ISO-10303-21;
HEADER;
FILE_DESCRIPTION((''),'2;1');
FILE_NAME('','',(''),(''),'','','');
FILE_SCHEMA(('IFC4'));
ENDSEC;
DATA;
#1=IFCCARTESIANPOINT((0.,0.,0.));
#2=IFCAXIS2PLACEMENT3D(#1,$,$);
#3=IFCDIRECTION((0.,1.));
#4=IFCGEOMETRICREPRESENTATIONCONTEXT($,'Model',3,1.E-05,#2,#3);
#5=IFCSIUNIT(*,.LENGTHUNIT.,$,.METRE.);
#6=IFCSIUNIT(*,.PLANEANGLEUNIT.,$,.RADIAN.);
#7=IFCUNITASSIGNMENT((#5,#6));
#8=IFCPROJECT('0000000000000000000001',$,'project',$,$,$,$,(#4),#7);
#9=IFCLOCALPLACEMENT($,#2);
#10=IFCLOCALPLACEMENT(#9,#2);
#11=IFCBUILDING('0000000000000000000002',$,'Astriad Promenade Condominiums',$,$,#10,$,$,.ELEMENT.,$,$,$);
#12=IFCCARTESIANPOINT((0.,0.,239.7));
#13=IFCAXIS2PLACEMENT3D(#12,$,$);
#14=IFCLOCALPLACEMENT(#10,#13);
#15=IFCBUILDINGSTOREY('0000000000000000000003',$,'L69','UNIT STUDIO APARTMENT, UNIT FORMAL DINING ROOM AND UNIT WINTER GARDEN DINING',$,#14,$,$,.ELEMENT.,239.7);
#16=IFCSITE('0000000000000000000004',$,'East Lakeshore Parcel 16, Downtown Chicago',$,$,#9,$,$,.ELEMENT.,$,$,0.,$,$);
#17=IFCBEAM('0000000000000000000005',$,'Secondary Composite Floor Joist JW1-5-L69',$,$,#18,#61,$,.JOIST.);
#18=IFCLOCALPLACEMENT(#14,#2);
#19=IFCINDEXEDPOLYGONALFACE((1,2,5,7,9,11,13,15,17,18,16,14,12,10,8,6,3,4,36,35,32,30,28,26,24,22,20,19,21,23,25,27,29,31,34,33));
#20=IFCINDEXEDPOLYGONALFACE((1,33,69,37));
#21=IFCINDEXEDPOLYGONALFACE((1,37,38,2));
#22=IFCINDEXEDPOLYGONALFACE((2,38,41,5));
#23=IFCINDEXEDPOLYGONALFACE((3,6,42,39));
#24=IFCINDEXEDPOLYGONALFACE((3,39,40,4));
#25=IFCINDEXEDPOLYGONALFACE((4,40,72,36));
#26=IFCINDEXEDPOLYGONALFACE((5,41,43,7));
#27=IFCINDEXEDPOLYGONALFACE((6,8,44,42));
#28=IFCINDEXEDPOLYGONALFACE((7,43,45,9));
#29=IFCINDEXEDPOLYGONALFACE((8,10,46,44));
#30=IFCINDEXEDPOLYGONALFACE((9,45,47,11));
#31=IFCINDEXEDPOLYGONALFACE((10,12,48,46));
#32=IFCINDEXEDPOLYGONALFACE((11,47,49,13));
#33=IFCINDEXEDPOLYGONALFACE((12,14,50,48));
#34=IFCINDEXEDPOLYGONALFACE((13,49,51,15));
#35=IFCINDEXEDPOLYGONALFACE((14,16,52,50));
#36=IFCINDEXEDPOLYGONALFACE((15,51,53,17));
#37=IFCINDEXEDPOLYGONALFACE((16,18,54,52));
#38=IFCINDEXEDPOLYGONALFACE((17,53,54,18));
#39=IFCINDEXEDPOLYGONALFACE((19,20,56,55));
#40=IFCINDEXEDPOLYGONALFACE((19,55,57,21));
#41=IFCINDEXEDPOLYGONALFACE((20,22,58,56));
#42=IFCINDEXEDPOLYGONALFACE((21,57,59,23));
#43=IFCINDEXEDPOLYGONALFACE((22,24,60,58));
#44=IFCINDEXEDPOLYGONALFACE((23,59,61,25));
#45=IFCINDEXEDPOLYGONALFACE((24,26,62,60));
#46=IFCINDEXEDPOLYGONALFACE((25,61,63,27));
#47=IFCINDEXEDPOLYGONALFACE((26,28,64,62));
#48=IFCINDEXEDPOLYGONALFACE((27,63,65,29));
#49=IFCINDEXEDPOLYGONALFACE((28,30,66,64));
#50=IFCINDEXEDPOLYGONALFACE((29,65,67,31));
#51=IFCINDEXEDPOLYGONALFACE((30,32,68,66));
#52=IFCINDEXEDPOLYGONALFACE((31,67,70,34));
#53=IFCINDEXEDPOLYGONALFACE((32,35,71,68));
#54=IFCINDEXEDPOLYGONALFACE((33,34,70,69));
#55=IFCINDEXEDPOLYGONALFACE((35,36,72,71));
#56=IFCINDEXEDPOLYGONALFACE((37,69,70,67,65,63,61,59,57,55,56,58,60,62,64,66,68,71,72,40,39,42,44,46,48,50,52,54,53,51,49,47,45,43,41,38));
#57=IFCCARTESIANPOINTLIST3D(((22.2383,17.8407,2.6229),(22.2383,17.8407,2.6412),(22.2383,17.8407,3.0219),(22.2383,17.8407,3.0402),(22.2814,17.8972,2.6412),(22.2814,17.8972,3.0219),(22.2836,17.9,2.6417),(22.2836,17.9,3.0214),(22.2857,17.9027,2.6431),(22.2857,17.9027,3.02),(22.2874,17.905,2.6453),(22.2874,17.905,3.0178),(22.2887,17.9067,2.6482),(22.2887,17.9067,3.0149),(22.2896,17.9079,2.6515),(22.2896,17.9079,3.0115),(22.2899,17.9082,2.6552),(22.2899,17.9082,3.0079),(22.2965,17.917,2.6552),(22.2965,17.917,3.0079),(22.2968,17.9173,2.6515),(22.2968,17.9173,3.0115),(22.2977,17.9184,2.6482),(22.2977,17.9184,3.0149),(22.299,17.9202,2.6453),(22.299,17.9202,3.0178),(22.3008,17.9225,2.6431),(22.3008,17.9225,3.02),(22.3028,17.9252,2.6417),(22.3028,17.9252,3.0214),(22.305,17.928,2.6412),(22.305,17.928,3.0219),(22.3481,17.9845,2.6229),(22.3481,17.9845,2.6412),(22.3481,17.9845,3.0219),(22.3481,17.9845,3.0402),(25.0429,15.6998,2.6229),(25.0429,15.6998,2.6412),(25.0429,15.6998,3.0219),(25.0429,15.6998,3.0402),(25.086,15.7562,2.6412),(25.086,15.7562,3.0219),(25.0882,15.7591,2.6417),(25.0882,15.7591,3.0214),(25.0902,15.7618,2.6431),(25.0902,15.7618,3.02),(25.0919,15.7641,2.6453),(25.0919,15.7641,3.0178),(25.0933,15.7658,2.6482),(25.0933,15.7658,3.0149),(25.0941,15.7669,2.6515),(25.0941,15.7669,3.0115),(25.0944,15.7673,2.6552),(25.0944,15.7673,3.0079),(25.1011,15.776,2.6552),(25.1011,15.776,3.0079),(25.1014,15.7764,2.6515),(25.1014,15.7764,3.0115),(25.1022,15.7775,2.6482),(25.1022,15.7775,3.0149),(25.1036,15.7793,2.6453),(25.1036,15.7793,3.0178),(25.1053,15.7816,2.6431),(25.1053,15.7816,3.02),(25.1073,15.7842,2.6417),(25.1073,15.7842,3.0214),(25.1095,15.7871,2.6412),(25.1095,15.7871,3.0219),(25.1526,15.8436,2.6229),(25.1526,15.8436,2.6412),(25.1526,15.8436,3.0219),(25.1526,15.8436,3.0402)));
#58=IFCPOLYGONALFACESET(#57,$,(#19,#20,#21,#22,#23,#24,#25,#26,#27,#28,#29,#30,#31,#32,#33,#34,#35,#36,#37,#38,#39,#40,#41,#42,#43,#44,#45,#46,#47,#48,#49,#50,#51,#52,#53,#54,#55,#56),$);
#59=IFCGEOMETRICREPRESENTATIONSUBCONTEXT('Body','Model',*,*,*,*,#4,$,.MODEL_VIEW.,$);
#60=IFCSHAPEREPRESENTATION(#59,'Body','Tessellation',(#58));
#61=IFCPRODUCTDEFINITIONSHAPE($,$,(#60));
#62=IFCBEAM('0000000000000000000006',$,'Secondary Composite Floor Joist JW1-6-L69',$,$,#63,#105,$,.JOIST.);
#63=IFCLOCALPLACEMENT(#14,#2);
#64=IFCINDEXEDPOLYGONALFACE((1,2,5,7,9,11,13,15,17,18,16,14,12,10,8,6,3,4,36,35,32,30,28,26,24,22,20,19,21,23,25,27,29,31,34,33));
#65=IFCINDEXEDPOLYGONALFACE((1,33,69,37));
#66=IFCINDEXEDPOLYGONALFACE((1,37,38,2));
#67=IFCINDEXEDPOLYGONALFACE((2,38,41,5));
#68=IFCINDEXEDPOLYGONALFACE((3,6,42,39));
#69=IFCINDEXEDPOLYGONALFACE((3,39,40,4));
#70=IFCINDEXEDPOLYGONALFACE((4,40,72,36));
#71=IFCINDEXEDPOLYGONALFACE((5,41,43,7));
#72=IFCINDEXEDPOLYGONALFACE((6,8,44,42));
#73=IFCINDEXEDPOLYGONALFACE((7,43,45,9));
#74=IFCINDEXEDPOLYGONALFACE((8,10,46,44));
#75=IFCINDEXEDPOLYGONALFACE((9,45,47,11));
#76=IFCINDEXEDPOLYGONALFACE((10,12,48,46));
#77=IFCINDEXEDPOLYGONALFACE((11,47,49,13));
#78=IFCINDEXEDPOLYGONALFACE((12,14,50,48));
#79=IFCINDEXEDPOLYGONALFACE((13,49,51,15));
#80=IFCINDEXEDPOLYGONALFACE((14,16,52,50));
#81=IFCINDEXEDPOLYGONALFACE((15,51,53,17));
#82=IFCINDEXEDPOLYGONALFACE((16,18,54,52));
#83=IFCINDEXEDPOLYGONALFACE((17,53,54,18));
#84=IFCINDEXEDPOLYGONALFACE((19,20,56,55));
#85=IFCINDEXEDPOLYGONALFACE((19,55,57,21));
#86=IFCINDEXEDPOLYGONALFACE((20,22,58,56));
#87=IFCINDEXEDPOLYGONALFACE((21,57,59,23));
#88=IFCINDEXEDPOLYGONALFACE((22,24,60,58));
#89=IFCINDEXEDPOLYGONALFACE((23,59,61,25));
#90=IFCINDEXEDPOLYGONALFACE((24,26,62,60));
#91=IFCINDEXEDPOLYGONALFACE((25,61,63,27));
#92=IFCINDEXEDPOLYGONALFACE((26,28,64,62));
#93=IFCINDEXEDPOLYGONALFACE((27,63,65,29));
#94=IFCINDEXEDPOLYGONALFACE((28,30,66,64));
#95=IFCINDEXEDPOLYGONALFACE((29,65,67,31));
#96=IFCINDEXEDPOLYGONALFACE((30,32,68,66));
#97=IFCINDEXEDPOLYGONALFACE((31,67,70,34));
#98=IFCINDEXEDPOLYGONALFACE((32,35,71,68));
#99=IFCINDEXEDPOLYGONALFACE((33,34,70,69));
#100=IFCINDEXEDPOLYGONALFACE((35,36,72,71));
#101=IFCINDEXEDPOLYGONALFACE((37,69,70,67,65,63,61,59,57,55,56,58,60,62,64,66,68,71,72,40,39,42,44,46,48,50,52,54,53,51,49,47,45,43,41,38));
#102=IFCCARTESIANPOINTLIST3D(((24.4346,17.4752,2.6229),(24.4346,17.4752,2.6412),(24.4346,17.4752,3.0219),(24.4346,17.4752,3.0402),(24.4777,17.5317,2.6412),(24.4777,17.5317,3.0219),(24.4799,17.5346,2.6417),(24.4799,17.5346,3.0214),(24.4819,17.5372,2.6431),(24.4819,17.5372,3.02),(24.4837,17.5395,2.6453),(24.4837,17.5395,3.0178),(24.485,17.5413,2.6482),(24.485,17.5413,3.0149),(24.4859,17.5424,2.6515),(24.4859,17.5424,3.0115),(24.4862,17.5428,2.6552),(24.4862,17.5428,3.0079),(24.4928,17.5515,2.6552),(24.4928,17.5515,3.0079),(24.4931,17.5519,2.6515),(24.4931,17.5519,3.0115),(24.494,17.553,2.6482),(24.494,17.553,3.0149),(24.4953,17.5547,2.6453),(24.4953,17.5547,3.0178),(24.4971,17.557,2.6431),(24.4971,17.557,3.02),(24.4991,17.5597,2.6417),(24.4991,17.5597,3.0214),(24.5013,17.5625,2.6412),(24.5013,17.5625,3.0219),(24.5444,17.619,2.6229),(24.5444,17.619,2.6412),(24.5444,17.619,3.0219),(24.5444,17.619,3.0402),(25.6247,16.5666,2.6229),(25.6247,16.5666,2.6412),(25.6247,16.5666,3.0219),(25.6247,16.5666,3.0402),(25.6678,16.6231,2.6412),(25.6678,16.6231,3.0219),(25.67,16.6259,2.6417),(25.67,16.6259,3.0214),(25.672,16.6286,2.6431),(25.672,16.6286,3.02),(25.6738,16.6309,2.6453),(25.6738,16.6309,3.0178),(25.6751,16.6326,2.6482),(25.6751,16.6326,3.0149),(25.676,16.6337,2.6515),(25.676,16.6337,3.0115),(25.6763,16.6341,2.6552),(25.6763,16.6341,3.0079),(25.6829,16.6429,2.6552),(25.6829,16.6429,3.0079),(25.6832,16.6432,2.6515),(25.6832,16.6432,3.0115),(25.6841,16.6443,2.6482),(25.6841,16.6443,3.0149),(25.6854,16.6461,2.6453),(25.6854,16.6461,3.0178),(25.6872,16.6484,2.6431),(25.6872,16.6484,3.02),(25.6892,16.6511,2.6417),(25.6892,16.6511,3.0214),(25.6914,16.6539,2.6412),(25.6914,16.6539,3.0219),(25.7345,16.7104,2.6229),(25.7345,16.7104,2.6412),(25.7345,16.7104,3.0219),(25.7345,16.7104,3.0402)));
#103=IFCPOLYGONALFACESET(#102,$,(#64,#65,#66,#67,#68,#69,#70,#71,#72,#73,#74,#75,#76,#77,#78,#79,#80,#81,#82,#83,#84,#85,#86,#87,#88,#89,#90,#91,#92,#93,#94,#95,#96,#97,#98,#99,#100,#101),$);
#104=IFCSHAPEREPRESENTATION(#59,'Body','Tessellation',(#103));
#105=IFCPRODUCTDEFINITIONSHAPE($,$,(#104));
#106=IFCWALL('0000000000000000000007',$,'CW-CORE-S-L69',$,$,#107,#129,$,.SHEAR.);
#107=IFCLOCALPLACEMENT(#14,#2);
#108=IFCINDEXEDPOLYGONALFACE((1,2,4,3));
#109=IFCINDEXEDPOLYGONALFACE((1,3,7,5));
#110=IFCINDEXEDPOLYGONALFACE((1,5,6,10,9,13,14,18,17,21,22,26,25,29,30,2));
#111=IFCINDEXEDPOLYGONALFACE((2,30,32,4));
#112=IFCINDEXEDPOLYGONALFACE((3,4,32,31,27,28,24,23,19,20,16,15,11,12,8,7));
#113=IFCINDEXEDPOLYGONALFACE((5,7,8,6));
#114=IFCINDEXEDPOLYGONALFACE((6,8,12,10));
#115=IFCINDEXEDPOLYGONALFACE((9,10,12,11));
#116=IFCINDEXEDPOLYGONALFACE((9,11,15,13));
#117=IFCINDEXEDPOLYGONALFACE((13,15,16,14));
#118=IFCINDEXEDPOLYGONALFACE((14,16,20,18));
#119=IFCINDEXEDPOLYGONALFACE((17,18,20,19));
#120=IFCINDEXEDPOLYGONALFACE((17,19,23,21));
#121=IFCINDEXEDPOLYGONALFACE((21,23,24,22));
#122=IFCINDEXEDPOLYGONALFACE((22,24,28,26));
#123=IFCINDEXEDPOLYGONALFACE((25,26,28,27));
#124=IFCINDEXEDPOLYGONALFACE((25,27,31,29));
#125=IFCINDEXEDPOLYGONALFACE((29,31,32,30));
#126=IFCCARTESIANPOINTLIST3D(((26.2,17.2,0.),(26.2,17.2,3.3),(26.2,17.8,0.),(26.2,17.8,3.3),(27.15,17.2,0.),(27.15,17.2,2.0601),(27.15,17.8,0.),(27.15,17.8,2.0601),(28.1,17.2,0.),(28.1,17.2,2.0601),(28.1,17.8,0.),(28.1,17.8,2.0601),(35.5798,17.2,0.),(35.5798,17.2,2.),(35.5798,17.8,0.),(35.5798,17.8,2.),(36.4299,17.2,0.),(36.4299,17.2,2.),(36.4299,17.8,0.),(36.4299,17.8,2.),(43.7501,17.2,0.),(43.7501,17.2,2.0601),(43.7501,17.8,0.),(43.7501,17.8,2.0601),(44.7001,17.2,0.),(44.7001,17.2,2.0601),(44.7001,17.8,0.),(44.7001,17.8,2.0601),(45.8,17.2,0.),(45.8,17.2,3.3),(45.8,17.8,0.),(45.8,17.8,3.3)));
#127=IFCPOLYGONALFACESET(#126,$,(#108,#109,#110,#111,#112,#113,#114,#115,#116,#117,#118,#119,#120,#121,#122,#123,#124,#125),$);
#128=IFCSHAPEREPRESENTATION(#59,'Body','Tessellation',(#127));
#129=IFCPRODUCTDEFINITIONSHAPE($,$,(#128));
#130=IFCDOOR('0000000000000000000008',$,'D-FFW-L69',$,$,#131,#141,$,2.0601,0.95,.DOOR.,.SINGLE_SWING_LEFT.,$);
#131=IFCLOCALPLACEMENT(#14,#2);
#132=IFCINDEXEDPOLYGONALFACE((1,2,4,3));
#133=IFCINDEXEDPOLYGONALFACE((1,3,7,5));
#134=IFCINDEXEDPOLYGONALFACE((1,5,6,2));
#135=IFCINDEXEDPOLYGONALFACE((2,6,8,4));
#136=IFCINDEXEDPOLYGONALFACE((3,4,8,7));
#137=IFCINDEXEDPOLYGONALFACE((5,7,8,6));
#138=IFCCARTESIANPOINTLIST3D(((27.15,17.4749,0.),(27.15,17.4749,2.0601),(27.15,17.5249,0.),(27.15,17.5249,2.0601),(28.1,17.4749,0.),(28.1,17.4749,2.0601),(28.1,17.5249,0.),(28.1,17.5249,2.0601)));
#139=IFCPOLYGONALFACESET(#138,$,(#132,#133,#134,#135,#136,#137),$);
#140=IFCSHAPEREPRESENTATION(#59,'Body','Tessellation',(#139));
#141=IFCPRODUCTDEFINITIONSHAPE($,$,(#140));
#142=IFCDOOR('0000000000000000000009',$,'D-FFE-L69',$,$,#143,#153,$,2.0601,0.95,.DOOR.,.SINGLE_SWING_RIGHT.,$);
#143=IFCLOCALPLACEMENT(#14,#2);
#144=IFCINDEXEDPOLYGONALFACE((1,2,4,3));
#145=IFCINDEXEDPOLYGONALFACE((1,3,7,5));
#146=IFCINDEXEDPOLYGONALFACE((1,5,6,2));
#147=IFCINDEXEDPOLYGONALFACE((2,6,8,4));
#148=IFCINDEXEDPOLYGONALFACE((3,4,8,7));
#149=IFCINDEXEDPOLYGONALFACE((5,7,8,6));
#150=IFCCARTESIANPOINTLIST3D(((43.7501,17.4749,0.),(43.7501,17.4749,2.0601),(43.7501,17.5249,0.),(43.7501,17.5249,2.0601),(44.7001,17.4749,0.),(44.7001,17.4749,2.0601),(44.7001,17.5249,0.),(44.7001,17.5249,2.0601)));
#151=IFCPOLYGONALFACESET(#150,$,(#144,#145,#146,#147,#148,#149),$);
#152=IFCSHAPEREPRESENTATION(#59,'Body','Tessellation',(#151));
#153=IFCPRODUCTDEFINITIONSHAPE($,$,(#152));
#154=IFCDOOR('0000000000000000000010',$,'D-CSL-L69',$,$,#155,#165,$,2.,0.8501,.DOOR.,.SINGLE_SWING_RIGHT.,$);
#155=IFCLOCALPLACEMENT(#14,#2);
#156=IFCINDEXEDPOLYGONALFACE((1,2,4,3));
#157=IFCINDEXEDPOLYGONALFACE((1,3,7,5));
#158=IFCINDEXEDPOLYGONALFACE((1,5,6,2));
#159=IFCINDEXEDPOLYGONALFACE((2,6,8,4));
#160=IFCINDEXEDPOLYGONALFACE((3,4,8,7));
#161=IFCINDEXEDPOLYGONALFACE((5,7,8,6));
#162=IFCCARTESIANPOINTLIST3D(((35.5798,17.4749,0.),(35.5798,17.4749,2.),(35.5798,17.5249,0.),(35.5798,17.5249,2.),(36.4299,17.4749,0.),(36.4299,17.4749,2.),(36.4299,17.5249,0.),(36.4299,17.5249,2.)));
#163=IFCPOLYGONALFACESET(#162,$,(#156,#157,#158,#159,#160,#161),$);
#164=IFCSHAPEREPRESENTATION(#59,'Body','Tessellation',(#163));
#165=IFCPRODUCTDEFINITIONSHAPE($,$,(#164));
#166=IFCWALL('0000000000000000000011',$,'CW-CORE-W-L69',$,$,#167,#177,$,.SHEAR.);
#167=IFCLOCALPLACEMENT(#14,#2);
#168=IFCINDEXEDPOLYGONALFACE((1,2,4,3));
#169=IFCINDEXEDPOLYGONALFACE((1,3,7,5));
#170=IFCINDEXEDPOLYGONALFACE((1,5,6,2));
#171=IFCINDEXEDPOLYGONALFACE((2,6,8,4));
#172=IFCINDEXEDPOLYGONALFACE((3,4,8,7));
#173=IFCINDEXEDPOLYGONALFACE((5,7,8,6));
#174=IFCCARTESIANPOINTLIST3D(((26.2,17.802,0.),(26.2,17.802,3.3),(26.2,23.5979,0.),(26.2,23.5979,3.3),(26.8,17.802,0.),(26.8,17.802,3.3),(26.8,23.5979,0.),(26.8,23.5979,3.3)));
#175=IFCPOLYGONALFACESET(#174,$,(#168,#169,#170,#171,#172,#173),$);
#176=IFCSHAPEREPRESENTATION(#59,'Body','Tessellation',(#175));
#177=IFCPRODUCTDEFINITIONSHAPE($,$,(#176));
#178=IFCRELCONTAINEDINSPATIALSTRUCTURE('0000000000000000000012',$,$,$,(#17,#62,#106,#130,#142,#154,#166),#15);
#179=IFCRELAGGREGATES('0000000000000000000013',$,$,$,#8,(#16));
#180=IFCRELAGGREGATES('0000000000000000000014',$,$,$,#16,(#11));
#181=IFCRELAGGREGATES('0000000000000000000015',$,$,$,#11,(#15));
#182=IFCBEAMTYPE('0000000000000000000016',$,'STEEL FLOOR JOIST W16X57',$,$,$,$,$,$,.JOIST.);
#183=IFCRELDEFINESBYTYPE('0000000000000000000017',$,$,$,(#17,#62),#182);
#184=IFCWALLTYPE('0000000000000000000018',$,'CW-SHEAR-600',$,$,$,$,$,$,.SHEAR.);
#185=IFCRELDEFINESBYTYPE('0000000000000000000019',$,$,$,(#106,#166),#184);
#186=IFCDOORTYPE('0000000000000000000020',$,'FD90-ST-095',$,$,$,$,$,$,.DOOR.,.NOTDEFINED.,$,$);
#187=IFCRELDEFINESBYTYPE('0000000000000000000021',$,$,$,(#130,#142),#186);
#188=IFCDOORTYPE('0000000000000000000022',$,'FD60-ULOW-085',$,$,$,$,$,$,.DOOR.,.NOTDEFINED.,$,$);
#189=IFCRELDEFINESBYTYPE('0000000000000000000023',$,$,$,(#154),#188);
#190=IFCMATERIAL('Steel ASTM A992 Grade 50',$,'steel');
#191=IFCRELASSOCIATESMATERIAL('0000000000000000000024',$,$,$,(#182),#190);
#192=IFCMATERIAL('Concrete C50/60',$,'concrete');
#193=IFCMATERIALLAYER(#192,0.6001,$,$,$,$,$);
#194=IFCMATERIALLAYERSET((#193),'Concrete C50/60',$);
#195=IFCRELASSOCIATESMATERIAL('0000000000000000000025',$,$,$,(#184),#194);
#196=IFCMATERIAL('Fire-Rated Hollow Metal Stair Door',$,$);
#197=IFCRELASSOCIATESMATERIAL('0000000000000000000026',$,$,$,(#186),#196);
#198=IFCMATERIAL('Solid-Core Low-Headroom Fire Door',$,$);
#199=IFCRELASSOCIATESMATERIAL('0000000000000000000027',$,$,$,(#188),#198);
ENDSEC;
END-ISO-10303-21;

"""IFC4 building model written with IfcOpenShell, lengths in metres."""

from ifc_helpers import new_model, si_unit, direction, frame, frame_2d, origin, origin_2d, place, context, subcontext, project, spatial, rectangle, i_section, extrude, source, transform, mapped, material, layer, layer_set, material_profile, profile_set, type_object, type_shapes, element, fill, save


model = new_model("IFC4")

# Units and contexts
model_context = context("Model", 3, precision=1e-05, world=origin(), true_north=direction((0.0, 1.0)))
body_context = subcontext(model_context, "Body", "Model", "MODEL_VIEW")
ifc_project = project(units=[si_unit("LENGTHUNIT", "METRE"), si_unit("PLANEANGLEUNIT", "RADIAN")], contexts=[model_context])

# Site, building, storey
site_placement = place(None, origin())
site = spatial("IfcSite", under=ifc_project, at=site_placement, Name="East Lakeshore Parcel 16, Downtown Chicago", CompositionType="ELEMENT", RefElevation=0.0)
building_placement = place(site_placement, origin())
building = spatial("IfcBuilding", under=site, at=building_placement, Name="Astriad Promenade Condominiums", CompositionType="ELEMENT")
storey_placement = place(building_placement, frame((0.0, 0.0, 239.7)))
storey = spatial("IfcBuildingStorey", under=building, at=storey_placement, Name="L69", Description="UNIT STUDIO APARTMENT, UNIT FORMAL DINING ROOM AND UNIT WINTER GARDEN DINING", CompositionType="ELEMENT", Elevation=239.7)

# Shared definitions
ifc_material_1 = material(Name="Steel ASTM A992 Grade 50", Category="steel")

# Beams
ifc_material_profile_1 = material_profile(ifc_material_1, i_section(OverallWidth=0.1809, OverallDepth=0.4172, WebThickness=0.011, FlangeThickness=0.0183, FilletRadius=0.0139, at=origin_2d()), Name="W16X57")
ifc_profile_set_1 = profile_set([ifc_material_profile_1], Name="Steel ASTM A992 Grade 50")
beam_type_1 = type_object("IfcBeamType", Name="STEEL FLOOR JOIST W16X57", PredefinedType="JOIST", material=ifc_profile_set_1)
shared_shape_1 = source(origin(), body_context, "Body", "SweptSolid", [
    extrude(i_section(OverallWidth=0.1809, OverallDepth=0.4172, WebThickness=0.011, FlangeThickness=0.0183, FilletRadius=0.0139, at=origin_2d()), origin(), (0.0, 0.0, 1.0), 3.5283),
])
beam_1_placement = place(storey_placement, frame((22.2932, 17.9126, 2.8315), z_axis=(0.794864, -0.606787, 0.0), x_axis=(0.606787, 0.794864, 0.0)))
element("IfcBeam", 1, at=beam_1_placement, inside=storey, type_object=beam_type_1, Name="Secondary Composite Floor Joist JW1-5-L69", PredefinedType="JOIST", context=body_context, shape_type="MappedRepresentation", body=[
    mapped(shared_shape_1, transform((0.0, 0.0, 0.0), scale=1.0)),
])
shared_shape_2 = source(origin(), body_context, "Body", "SweptSolid", [
    extrude(i_section(OverallWidth=0.1809, OverallDepth=0.4172, WebThickness=0.011, FlangeThickness=0.0183, FilletRadius=0.0139, at=origin_2d()), origin(), (0.0, 0.0, 1.0), 1.4973),
])
type_shapes(beam_type_1, [shared_shape_1, shared_shape_2])
beam_2_placement = place(storey_placement, frame((24.4895, 17.5471, 2.8315), z_axis=(0.794825, -0.606839, 0.0), x_axis=(0.606839, 0.794825, 0.0)))
element("IfcBeam", 2, at=beam_2_placement, inside=storey, type_object=beam_type_1, Name="Secondary Composite Floor Joist JW1-6-L69", PredefinedType="JOIST", context=body_context, shape_type="MappedRepresentation", body=[
    mapped(shared_shape_2, transform((0.0, 0.0, 0.0), scale=1.0)),
])

# Wall, openings, doors
ifc_material_2 = material(Name="Concrete C50/60", Category="concrete")
ifc_layer_1 = layer(ifc_material_2, 0.6001)
ifc_layer_set_1 = layer_set([ifc_layer_1], Name="Concrete C50/60")
wall_type_1 = type_object("IfcWallType", Name="CW-SHEAR-600", PredefinedType="SHEAR", material=ifc_layer_set_1)
wall_1_placement = place(storey_placement, frame((26.2, 17.5, 0.0), z_axis=(0.0, 0.0, 1.0), x_axis=(1.0, 0.0, 0.0)))
wall_1 = element("IfcWall", 3, at=wall_1_placement, inside=storey, type_object=wall_type_1, Name="CW-CORE-S-L69", PredefinedType="SHEAR", context=body_context, shape_type="SweptSolid", body=[
    extrude(rectangle(XDim=19.6001, YDim=0.6001, at=frame_2d((9.8, 0.0))), origin(), (0.0, 0.0, 1.0), 3.3),
])
opening_1_placement = place(wall_1_placement, frame((0.95, 0.0, 0.0)))
opening_1 = element("IfcOpeningElement", 4, at=opening_1_placement, cuts=wall_1, PredefinedType="OPENING", context=body_context, shape_type="SweptSolid", body=[
    extrude(rectangle(XDim=0.95, YDim=2.0601, at=frame_2d((0.4751, 1.03))), frame((0.0, 0.3101, 0.0), z_axis=(0.0, -1.0, 0.0), x_axis=(1.0, 0.0, 0.0)), (0.0, 0.0, 1.0), 0.6201),
])
opening_2_placement = place(wall_1_placement, frame((9.3799, 0.0, 0.0)))
opening_2 = element("IfcOpeningElement", 5, at=opening_2_placement, cuts=wall_1, PredefinedType="OPENING", context=body_context, shape_type="SweptSolid", body=[
    extrude(rectangle(XDim=0.8501, YDim=2.0, at=frame_2d((0.425, 1.0))), frame((0.0, 0.3101, 0.0), z_axis=(0.0, -1.0, 0.0), x_axis=(1.0, 0.0, 0.0)), (0.0, 0.0, 1.0), 0.6201),
])
opening_3_placement = place(wall_1_placement, frame((17.55, 0.0, 0.0)))
opening_3 = element("IfcOpeningElement", 6, at=opening_3_placement, cuts=wall_1, PredefinedType="OPENING", context=body_context, shape_type="SweptSolid", body=[
    extrude(rectangle(XDim=0.95, YDim=2.0601, at=frame_2d((0.4751, 1.03))), frame((0.0, 0.3101, 0.0), z_axis=(0.0, -1.0, 0.0), x_axis=(1.0, 0.0, 0.0)), (0.0, 0.0, 1.0), 0.6201),
])
ifc_material_3 = material(Name="Fire-Rated Hollow Metal Stair Door")
door_type_1 = type_object("IfcDoorType", Name="FD90-ST-095", OperationType="NOTDEFINED", PredefinedType="DOOR", material=ifc_material_3)
shared_shape_3 = source(origin(), body_context, "Body", "SweptSolid", [
    extrude(rectangle(XDim=0.95, YDim=2.0601, at=frame_2d((0.4751, 1.03))), frame((0.0, 0.0249, 0.0), z_axis=(0.0, -1.0, 0.0), x_axis=(1.0, 0.0, 0.0)), (0.0, 0.0, 1.0), 0.05),
])
type_shapes(door_type_1, [shared_shape_3])
door_1_placement = place(opening_1_placement, origin())
door_1 = element("IfcDoor", 7, at=door_1_placement, inside=storey, type_object=door_type_1, Name="D-FFW-L69", OperationType="SINGLE_SWING_LEFT", OverallHeight=2.0601, OverallWidth=0.95, PredefinedType="DOOR", context=body_context, shape_type="MappedRepresentation", body=[
    mapped(shared_shape_3, transform((0.0, 0.0, 0.0), scale=1.0)),
])
fill(opening_1, door_1)
door_2_placement = place(opening_3_placement, origin())
door_2 = element("IfcDoor", 8, at=door_2_placement, inside=storey, type_object=door_type_1, Name="D-FFE-L69", OperationType="SINGLE_SWING_RIGHT", OverallHeight=2.0601, OverallWidth=0.95, PredefinedType="DOOR", context=body_context, shape_type="MappedRepresentation", body=[
    mapped(shared_shape_3, transform((0.0, 0.0, 0.0), scale=1.0)),
])
fill(opening_3, door_2)
ifc_material_4 = material(Name="Solid-Core Low-Headroom Fire Door")
door_type_2 = type_object("IfcDoorType", Name="FD60-ULOW-085", OperationType="NOTDEFINED", PredefinedType="DOOR", material=ifc_material_4)
shared_shape_4 = source(origin(), body_context, "Body", "SweptSolid", [
    extrude(rectangle(XDim=0.8501, YDim=2.0, at=frame_2d((0.425, 1.0))), frame((0.0, 0.0249, 0.0), z_axis=(0.0, -1.0, 0.0), x_axis=(1.0, 0.0, 0.0)), (0.0, 0.0, 1.0), 0.05),
])
type_shapes(door_type_2, [shared_shape_4])
door_3_placement = place(opening_2_placement, origin())
door_3 = element("IfcDoor", 9, at=door_3_placement, inside=storey, type_object=door_type_2, Name="D-CSL-L69", OperationType="SINGLE_SWING_RIGHT", OverallHeight=2.0, OverallWidth=0.8501, PredefinedType="DOOR", context=body_context, shape_type="MappedRepresentation", body=[
    mapped(shared_shape_4, transform((0.0, 0.0, 0.0), scale=1.0)),
])
fill(opening_2, door_3)

# Wall
wall_2_placement = place(storey_placement, frame((26.5, 17.802, 0.0), z_axis=(0.0, 0.0, 1.0), x_axis=(0.0, 1.0, 0.0)))
element("IfcWall", 10, at=wall_2_placement, inside=storey, type_object=wall_type_1, Name="CW-CORE-W-L69", PredefinedType="SHEAR", context=body_context, shape_type="SweptSolid", body=[
    extrude(rectangle(XDim=5.7959, YDim=0.6001, at=frame_2d((2.8979, 0.0))), origin(), (0.0, 0.0, 1.0), 3.3),
])

save(model, "model.ifc")
